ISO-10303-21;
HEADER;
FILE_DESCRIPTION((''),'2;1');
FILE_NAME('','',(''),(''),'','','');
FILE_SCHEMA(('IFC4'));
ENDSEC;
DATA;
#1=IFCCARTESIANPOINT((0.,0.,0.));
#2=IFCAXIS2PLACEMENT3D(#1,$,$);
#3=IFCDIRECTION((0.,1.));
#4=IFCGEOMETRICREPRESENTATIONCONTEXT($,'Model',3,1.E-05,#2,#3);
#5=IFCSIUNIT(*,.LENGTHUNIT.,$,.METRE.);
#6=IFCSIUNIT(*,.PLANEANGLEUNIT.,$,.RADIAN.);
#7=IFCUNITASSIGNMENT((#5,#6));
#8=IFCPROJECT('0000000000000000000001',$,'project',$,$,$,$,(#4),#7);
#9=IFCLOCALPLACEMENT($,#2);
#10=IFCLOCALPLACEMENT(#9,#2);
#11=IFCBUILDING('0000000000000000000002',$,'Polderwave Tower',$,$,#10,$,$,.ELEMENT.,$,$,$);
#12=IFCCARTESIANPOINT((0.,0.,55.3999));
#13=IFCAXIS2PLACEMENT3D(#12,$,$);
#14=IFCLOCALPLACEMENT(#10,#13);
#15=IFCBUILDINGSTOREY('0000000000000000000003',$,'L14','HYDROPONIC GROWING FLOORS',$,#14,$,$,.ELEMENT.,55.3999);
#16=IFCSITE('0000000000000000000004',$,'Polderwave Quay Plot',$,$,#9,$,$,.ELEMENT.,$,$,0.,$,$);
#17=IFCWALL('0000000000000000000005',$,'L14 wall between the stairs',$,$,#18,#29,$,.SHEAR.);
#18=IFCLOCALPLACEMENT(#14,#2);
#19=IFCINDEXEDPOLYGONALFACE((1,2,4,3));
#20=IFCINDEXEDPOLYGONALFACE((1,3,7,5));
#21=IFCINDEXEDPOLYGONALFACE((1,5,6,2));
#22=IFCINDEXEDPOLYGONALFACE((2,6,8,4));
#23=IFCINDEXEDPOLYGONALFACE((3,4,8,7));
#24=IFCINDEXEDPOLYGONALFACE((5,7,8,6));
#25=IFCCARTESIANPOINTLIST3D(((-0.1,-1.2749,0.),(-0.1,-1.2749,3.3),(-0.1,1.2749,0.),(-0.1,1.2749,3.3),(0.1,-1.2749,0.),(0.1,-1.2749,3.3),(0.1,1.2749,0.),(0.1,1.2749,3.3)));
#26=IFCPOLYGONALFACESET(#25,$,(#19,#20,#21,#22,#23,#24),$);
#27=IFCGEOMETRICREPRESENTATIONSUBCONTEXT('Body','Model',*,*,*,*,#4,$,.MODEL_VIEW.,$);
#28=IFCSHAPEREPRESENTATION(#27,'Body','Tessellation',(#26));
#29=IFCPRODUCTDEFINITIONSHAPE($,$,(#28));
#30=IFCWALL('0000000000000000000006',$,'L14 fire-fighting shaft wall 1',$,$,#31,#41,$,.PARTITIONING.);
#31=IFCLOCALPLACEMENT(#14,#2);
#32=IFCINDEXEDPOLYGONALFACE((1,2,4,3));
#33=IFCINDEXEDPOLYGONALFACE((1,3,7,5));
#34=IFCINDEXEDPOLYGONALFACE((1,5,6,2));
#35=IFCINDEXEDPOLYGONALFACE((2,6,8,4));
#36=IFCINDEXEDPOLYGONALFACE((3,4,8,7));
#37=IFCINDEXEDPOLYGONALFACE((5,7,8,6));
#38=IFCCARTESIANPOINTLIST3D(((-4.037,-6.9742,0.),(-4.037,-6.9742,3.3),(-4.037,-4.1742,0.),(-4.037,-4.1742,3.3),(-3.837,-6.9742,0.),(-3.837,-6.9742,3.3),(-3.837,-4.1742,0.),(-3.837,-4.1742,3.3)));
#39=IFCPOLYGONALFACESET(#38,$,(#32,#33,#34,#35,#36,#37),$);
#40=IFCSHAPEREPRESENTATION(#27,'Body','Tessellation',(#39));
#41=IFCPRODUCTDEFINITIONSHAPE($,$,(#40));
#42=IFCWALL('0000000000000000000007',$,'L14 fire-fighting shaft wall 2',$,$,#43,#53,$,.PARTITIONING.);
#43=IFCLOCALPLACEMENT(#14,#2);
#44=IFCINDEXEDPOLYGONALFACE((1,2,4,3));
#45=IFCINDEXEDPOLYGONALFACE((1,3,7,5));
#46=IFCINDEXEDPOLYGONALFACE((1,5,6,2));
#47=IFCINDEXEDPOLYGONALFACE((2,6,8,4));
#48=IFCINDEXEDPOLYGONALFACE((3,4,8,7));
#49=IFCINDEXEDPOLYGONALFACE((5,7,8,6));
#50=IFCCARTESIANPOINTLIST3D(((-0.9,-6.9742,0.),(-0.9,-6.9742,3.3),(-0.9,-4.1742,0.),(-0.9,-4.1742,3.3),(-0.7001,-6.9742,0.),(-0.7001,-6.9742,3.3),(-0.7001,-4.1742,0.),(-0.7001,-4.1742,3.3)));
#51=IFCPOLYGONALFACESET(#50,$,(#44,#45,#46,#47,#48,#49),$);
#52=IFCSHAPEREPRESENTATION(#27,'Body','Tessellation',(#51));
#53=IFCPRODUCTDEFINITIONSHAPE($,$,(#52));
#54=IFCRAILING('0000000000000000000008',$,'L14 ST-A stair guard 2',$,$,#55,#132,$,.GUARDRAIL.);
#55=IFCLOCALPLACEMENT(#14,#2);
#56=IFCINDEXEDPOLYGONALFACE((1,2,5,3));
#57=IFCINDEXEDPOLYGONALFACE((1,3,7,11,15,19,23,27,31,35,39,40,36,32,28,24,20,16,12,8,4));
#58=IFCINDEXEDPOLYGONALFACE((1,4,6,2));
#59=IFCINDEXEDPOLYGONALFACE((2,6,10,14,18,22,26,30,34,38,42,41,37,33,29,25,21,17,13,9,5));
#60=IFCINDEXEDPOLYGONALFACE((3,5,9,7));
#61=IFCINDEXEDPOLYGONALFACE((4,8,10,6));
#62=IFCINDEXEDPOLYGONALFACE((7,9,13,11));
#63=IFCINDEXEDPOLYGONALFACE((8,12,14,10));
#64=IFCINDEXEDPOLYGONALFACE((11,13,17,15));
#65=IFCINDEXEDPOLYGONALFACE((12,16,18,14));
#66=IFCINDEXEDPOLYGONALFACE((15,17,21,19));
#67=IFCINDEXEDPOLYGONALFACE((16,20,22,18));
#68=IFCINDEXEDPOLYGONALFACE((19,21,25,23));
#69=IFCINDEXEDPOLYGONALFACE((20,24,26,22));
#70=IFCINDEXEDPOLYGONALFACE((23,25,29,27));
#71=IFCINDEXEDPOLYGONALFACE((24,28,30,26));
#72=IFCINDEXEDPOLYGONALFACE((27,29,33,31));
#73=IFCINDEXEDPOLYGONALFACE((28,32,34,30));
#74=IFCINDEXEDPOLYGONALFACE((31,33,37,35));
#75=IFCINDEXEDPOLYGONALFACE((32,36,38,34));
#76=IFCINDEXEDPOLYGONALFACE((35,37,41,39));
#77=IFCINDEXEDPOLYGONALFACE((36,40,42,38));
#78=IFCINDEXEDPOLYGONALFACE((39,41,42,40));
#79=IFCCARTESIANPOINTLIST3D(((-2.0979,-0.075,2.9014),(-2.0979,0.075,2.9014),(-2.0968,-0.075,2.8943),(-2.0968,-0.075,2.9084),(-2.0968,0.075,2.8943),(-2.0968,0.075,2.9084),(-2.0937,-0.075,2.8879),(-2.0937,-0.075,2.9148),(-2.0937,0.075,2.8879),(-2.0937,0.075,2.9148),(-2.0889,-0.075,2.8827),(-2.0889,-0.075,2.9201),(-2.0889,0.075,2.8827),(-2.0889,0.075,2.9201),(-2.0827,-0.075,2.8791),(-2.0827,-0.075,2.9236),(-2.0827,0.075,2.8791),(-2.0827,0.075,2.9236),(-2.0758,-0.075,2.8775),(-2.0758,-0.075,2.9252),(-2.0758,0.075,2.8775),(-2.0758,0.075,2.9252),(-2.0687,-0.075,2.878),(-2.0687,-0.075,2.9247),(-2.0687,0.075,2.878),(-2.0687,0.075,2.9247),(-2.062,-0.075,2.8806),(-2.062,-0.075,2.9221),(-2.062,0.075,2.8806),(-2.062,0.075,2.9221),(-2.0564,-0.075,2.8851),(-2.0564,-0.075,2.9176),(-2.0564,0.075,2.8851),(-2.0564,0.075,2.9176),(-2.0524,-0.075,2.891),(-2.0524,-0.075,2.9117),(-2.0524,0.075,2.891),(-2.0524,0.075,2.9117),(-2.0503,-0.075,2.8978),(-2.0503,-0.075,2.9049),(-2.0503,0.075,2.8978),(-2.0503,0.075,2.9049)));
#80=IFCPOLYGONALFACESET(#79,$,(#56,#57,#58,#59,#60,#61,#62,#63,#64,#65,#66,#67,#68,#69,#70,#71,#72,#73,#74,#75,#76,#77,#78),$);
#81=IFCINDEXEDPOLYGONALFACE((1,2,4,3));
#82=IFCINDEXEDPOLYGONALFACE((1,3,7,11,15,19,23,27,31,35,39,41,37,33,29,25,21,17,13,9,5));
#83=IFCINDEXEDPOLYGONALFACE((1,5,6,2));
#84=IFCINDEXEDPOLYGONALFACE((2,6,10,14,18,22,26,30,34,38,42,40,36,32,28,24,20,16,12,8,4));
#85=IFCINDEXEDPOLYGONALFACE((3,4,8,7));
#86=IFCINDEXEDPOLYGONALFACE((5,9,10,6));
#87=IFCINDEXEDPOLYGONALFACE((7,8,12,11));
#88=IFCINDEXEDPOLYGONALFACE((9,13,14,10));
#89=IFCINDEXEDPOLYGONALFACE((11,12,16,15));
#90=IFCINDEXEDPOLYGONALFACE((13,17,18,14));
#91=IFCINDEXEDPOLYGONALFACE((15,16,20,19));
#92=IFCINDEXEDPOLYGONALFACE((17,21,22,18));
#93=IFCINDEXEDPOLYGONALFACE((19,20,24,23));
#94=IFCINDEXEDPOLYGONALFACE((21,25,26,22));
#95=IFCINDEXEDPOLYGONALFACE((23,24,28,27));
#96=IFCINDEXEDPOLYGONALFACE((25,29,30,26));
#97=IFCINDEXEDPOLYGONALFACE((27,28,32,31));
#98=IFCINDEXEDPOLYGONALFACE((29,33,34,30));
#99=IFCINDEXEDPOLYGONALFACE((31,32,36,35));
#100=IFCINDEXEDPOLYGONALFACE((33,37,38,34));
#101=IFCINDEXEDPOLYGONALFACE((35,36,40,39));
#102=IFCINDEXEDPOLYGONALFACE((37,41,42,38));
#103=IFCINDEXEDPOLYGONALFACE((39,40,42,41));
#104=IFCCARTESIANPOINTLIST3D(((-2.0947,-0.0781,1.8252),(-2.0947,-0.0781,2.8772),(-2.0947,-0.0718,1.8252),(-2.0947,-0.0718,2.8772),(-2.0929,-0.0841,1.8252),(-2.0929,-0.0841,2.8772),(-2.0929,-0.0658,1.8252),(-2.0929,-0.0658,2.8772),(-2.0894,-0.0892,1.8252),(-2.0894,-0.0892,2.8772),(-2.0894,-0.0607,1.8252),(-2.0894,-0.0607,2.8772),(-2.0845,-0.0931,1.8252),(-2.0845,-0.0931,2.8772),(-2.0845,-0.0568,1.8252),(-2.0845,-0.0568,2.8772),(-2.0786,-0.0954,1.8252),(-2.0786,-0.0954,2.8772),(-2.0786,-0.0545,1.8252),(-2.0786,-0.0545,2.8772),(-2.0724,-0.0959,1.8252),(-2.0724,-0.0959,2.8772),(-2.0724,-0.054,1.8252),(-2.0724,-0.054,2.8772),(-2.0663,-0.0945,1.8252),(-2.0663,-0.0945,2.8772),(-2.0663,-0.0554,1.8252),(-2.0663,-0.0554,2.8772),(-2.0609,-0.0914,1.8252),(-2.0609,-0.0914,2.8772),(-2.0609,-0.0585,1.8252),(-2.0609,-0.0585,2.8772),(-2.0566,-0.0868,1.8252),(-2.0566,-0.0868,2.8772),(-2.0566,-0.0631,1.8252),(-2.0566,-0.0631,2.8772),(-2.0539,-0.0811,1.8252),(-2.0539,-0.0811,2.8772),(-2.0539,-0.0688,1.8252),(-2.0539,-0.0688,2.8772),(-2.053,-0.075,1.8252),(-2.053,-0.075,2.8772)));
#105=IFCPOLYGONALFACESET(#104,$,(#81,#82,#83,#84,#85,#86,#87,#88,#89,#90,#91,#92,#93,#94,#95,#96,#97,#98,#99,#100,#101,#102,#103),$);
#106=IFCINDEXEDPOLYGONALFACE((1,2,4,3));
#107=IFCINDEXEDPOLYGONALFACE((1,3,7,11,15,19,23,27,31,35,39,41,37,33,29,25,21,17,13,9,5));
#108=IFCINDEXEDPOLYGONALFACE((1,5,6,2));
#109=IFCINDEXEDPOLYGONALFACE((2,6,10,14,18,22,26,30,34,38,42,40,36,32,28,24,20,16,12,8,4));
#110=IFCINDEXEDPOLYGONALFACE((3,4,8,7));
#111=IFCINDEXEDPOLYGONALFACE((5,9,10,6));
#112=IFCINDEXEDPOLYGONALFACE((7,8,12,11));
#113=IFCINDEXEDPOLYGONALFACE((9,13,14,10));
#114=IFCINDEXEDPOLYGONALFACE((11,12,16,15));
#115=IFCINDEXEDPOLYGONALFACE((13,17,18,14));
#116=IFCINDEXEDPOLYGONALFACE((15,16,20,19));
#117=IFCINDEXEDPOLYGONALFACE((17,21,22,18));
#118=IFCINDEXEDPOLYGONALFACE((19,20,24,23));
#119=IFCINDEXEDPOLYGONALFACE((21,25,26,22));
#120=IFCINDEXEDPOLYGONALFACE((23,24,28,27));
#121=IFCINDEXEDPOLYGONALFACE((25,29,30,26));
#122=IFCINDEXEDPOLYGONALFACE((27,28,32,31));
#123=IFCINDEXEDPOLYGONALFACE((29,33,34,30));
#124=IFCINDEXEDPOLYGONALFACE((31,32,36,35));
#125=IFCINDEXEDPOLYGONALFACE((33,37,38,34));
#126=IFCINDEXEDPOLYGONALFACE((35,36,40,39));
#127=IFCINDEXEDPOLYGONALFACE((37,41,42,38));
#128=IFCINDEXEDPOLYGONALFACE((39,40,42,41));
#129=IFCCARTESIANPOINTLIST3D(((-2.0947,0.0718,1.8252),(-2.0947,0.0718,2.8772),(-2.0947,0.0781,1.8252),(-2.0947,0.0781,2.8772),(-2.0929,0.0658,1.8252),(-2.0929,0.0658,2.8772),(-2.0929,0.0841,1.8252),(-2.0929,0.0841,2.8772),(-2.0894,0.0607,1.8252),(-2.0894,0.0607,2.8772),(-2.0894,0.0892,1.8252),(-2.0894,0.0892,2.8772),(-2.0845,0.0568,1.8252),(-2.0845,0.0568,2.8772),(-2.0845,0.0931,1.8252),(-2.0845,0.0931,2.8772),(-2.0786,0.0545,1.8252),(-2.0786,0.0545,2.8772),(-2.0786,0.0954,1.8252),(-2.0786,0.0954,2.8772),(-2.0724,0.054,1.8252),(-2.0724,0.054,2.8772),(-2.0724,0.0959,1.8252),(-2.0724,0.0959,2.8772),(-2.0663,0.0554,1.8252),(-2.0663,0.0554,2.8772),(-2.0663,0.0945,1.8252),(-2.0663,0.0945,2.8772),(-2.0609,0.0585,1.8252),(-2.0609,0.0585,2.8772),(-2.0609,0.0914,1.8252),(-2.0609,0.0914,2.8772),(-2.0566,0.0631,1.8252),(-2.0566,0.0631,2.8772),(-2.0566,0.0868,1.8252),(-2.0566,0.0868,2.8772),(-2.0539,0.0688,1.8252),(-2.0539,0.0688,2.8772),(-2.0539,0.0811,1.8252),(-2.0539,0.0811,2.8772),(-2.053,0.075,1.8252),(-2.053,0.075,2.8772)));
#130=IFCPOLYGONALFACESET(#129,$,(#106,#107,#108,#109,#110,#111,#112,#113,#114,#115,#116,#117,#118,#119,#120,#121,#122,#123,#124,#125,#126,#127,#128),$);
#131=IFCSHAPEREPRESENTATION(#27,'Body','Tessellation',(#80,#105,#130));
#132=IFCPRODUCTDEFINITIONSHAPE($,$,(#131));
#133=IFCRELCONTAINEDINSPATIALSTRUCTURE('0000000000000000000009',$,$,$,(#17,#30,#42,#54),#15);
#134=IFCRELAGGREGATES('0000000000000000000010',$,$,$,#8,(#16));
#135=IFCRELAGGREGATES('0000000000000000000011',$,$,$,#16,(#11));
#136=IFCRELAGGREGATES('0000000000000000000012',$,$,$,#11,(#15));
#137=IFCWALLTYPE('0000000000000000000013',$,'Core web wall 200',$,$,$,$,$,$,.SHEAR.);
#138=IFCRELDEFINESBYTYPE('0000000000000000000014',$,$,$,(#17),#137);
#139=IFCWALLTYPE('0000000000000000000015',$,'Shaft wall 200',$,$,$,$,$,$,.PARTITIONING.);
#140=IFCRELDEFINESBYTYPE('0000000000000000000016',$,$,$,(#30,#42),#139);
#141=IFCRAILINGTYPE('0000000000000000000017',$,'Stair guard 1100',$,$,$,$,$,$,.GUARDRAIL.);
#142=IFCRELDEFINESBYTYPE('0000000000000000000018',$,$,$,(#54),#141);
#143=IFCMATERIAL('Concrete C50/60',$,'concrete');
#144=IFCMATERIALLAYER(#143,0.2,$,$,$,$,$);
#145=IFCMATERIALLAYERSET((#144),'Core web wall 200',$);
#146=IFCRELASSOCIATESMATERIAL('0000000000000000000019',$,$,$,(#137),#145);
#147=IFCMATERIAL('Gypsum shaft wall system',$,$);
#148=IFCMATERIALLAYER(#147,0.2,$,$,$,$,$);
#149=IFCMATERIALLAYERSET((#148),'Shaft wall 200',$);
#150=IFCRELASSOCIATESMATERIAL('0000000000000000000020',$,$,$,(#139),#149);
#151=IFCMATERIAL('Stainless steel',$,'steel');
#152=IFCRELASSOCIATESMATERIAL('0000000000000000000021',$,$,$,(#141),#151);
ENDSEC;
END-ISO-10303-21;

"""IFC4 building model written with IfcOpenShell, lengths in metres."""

from ifc_helpers import new_model, si_unit, direction, frame, frame_2d, origin, origin_2d, place, context, subcontext, project, spatial, rectangle, circle, extrude, material, layer, layer_set, type_object, element, save


model = new_model("IFC4")

# Units and contexts
model_context = context("Model", 3, precision=1e-05, world=origin(), true_north=direction((0.0, 1.0)))
body_context = subcontext(model_context, "Body", "Model", "MODEL_VIEW")
ifc_project = project(units=[si_unit("LENGTHUNIT", "METRE"), si_unit("PLANEANGLEUNIT", "RADIAN")], contexts=[model_context])

# Site, building, storey
site_placement = place(None, origin())
site = spatial("IfcSite", under=ifc_project, at=site_placement, Name="Polderwave Quay Plot", CompositionType="ELEMENT", RefElevation=0.0)
building_placement = place(site_placement, origin())
building = spatial("IfcBuilding", under=site, at=building_placement, Name="Polderwave Tower", CompositionType="ELEMENT")
storey_placement = place(building_placement, frame((0.0, 0.0, 55.3999)))
storey = spatial("IfcBuildingStorey", under=building, at=storey_placement, Name="L14", Description="HYDROPONIC GROWING FLOORS", CompositionType="ELEMENT", Elevation=55.3999)

# Walls
ifc_material_1 = material(Name="Concrete C50/60", Category="concrete")
ifc_layer_1 = layer(ifc_material_1, 0.2)
ifc_layer_set_1 = layer_set([ifc_layer_1], Name="Core web wall 200")
wall_type_1 = type_object("IfcWallType", Name="Core web wall 200", PredefinedType="SHEAR", material=ifc_layer_set_1)
wall_1_placement = place(storey_placement, frame((0.0, -1.2749, 0.0), z_axis=(0.0, 0.0, 1.0), x_axis=(0.0, 1.0, 0.0)))
element("IfcWall", 1, at=wall_1_placement, inside=storey, type_object=wall_type_1, Name="L14 wall between the stairs", PredefinedType="SHEAR", context=body_context, shape_type="SweptSolid", body=[
    extrude(rectangle(XDim=2.5498, YDim=0.2, at=frame_2d((1.2749, 0.0))), origin(), (0.0, 0.0, 1.0), 3.3),
])
ifc_material_2 = material(Name="Gypsum shaft wall system")
ifc_layer_2 = layer(ifc_material_2, 0.2)
ifc_layer_set_2 = layer_set([ifc_layer_2], Name="Shaft wall 200")
wall_type_2 = type_object("IfcWallType", Name="Shaft wall 200", PredefinedType="PARTITIONING", material=ifc_layer_set_2)
for number, where, z_axis, x_axis, name in (
    (2, (-3.937, -6.9741, 0.0), (0.0, 0.0, 1.0), (0.0, 1.0, 0.0), "L14 fire-fighting shaft wall 1"),
    (3, (-0.8, -6.9741, 0.0), (0.0, 0.0, 1.0), (0.0, 1.0, 0.0), "L14 fire-fighting shaft wall 2"),
):
    element("IfcWall", number, at=place(storey_placement, frame(where, z_axis=z_axis, x_axis=x_axis)), inside=storey, type_object=wall_type_2, Name=name, PredefinedType="PARTITIONING", context=body_context, shape_type="SweptSolid", body=[
        extrude(rectangle(XDim=2.8, YDim=0.2, at=frame_2d((1.3999, 0.0))), origin(), (0.0, 0.0, 1.0), 3.3),
    ])

# Railing
ifc_material_3 = material(Name="Stainless steel", Category="steel")
railing_type = type_object("IfcRailingType", Name="Stair guard 1100", PredefinedType="GUARDRAIL", material=ifc_material_3)
railing_placement = place(storey_placement, frame((-2.074, -0.075, 1.8252)))
element("IfcRailing", 4, at=railing_placement, inside=storey, type_object=railing_type, Name="L14 ST-A stair guard 2", PredefinedType="GUARDRAIL", context=body_context, shape_type="SweptSolid", body=[
    extrude(circle(Radius=0.0239, at=origin_2d()), frame((0.0, 0.0, 1.0762), z_axis=(0.0, 1.0, 0.0), x_axis=(-1.0, 0.0, 0.0)), (0.0, 0.0, 1.0), 0.1499),
    extrude(circle(Radius=0.021, at=origin_2d()), origin(), (0.0, 0.0, 1.0), 1.052),
    extrude(circle(Radius=0.021, at=origin_2d()), frame((0.0, 0.1499, 0.0)), (0.0, 0.0, 1.0), 1.052),
])

save(model, "model.ifc")
